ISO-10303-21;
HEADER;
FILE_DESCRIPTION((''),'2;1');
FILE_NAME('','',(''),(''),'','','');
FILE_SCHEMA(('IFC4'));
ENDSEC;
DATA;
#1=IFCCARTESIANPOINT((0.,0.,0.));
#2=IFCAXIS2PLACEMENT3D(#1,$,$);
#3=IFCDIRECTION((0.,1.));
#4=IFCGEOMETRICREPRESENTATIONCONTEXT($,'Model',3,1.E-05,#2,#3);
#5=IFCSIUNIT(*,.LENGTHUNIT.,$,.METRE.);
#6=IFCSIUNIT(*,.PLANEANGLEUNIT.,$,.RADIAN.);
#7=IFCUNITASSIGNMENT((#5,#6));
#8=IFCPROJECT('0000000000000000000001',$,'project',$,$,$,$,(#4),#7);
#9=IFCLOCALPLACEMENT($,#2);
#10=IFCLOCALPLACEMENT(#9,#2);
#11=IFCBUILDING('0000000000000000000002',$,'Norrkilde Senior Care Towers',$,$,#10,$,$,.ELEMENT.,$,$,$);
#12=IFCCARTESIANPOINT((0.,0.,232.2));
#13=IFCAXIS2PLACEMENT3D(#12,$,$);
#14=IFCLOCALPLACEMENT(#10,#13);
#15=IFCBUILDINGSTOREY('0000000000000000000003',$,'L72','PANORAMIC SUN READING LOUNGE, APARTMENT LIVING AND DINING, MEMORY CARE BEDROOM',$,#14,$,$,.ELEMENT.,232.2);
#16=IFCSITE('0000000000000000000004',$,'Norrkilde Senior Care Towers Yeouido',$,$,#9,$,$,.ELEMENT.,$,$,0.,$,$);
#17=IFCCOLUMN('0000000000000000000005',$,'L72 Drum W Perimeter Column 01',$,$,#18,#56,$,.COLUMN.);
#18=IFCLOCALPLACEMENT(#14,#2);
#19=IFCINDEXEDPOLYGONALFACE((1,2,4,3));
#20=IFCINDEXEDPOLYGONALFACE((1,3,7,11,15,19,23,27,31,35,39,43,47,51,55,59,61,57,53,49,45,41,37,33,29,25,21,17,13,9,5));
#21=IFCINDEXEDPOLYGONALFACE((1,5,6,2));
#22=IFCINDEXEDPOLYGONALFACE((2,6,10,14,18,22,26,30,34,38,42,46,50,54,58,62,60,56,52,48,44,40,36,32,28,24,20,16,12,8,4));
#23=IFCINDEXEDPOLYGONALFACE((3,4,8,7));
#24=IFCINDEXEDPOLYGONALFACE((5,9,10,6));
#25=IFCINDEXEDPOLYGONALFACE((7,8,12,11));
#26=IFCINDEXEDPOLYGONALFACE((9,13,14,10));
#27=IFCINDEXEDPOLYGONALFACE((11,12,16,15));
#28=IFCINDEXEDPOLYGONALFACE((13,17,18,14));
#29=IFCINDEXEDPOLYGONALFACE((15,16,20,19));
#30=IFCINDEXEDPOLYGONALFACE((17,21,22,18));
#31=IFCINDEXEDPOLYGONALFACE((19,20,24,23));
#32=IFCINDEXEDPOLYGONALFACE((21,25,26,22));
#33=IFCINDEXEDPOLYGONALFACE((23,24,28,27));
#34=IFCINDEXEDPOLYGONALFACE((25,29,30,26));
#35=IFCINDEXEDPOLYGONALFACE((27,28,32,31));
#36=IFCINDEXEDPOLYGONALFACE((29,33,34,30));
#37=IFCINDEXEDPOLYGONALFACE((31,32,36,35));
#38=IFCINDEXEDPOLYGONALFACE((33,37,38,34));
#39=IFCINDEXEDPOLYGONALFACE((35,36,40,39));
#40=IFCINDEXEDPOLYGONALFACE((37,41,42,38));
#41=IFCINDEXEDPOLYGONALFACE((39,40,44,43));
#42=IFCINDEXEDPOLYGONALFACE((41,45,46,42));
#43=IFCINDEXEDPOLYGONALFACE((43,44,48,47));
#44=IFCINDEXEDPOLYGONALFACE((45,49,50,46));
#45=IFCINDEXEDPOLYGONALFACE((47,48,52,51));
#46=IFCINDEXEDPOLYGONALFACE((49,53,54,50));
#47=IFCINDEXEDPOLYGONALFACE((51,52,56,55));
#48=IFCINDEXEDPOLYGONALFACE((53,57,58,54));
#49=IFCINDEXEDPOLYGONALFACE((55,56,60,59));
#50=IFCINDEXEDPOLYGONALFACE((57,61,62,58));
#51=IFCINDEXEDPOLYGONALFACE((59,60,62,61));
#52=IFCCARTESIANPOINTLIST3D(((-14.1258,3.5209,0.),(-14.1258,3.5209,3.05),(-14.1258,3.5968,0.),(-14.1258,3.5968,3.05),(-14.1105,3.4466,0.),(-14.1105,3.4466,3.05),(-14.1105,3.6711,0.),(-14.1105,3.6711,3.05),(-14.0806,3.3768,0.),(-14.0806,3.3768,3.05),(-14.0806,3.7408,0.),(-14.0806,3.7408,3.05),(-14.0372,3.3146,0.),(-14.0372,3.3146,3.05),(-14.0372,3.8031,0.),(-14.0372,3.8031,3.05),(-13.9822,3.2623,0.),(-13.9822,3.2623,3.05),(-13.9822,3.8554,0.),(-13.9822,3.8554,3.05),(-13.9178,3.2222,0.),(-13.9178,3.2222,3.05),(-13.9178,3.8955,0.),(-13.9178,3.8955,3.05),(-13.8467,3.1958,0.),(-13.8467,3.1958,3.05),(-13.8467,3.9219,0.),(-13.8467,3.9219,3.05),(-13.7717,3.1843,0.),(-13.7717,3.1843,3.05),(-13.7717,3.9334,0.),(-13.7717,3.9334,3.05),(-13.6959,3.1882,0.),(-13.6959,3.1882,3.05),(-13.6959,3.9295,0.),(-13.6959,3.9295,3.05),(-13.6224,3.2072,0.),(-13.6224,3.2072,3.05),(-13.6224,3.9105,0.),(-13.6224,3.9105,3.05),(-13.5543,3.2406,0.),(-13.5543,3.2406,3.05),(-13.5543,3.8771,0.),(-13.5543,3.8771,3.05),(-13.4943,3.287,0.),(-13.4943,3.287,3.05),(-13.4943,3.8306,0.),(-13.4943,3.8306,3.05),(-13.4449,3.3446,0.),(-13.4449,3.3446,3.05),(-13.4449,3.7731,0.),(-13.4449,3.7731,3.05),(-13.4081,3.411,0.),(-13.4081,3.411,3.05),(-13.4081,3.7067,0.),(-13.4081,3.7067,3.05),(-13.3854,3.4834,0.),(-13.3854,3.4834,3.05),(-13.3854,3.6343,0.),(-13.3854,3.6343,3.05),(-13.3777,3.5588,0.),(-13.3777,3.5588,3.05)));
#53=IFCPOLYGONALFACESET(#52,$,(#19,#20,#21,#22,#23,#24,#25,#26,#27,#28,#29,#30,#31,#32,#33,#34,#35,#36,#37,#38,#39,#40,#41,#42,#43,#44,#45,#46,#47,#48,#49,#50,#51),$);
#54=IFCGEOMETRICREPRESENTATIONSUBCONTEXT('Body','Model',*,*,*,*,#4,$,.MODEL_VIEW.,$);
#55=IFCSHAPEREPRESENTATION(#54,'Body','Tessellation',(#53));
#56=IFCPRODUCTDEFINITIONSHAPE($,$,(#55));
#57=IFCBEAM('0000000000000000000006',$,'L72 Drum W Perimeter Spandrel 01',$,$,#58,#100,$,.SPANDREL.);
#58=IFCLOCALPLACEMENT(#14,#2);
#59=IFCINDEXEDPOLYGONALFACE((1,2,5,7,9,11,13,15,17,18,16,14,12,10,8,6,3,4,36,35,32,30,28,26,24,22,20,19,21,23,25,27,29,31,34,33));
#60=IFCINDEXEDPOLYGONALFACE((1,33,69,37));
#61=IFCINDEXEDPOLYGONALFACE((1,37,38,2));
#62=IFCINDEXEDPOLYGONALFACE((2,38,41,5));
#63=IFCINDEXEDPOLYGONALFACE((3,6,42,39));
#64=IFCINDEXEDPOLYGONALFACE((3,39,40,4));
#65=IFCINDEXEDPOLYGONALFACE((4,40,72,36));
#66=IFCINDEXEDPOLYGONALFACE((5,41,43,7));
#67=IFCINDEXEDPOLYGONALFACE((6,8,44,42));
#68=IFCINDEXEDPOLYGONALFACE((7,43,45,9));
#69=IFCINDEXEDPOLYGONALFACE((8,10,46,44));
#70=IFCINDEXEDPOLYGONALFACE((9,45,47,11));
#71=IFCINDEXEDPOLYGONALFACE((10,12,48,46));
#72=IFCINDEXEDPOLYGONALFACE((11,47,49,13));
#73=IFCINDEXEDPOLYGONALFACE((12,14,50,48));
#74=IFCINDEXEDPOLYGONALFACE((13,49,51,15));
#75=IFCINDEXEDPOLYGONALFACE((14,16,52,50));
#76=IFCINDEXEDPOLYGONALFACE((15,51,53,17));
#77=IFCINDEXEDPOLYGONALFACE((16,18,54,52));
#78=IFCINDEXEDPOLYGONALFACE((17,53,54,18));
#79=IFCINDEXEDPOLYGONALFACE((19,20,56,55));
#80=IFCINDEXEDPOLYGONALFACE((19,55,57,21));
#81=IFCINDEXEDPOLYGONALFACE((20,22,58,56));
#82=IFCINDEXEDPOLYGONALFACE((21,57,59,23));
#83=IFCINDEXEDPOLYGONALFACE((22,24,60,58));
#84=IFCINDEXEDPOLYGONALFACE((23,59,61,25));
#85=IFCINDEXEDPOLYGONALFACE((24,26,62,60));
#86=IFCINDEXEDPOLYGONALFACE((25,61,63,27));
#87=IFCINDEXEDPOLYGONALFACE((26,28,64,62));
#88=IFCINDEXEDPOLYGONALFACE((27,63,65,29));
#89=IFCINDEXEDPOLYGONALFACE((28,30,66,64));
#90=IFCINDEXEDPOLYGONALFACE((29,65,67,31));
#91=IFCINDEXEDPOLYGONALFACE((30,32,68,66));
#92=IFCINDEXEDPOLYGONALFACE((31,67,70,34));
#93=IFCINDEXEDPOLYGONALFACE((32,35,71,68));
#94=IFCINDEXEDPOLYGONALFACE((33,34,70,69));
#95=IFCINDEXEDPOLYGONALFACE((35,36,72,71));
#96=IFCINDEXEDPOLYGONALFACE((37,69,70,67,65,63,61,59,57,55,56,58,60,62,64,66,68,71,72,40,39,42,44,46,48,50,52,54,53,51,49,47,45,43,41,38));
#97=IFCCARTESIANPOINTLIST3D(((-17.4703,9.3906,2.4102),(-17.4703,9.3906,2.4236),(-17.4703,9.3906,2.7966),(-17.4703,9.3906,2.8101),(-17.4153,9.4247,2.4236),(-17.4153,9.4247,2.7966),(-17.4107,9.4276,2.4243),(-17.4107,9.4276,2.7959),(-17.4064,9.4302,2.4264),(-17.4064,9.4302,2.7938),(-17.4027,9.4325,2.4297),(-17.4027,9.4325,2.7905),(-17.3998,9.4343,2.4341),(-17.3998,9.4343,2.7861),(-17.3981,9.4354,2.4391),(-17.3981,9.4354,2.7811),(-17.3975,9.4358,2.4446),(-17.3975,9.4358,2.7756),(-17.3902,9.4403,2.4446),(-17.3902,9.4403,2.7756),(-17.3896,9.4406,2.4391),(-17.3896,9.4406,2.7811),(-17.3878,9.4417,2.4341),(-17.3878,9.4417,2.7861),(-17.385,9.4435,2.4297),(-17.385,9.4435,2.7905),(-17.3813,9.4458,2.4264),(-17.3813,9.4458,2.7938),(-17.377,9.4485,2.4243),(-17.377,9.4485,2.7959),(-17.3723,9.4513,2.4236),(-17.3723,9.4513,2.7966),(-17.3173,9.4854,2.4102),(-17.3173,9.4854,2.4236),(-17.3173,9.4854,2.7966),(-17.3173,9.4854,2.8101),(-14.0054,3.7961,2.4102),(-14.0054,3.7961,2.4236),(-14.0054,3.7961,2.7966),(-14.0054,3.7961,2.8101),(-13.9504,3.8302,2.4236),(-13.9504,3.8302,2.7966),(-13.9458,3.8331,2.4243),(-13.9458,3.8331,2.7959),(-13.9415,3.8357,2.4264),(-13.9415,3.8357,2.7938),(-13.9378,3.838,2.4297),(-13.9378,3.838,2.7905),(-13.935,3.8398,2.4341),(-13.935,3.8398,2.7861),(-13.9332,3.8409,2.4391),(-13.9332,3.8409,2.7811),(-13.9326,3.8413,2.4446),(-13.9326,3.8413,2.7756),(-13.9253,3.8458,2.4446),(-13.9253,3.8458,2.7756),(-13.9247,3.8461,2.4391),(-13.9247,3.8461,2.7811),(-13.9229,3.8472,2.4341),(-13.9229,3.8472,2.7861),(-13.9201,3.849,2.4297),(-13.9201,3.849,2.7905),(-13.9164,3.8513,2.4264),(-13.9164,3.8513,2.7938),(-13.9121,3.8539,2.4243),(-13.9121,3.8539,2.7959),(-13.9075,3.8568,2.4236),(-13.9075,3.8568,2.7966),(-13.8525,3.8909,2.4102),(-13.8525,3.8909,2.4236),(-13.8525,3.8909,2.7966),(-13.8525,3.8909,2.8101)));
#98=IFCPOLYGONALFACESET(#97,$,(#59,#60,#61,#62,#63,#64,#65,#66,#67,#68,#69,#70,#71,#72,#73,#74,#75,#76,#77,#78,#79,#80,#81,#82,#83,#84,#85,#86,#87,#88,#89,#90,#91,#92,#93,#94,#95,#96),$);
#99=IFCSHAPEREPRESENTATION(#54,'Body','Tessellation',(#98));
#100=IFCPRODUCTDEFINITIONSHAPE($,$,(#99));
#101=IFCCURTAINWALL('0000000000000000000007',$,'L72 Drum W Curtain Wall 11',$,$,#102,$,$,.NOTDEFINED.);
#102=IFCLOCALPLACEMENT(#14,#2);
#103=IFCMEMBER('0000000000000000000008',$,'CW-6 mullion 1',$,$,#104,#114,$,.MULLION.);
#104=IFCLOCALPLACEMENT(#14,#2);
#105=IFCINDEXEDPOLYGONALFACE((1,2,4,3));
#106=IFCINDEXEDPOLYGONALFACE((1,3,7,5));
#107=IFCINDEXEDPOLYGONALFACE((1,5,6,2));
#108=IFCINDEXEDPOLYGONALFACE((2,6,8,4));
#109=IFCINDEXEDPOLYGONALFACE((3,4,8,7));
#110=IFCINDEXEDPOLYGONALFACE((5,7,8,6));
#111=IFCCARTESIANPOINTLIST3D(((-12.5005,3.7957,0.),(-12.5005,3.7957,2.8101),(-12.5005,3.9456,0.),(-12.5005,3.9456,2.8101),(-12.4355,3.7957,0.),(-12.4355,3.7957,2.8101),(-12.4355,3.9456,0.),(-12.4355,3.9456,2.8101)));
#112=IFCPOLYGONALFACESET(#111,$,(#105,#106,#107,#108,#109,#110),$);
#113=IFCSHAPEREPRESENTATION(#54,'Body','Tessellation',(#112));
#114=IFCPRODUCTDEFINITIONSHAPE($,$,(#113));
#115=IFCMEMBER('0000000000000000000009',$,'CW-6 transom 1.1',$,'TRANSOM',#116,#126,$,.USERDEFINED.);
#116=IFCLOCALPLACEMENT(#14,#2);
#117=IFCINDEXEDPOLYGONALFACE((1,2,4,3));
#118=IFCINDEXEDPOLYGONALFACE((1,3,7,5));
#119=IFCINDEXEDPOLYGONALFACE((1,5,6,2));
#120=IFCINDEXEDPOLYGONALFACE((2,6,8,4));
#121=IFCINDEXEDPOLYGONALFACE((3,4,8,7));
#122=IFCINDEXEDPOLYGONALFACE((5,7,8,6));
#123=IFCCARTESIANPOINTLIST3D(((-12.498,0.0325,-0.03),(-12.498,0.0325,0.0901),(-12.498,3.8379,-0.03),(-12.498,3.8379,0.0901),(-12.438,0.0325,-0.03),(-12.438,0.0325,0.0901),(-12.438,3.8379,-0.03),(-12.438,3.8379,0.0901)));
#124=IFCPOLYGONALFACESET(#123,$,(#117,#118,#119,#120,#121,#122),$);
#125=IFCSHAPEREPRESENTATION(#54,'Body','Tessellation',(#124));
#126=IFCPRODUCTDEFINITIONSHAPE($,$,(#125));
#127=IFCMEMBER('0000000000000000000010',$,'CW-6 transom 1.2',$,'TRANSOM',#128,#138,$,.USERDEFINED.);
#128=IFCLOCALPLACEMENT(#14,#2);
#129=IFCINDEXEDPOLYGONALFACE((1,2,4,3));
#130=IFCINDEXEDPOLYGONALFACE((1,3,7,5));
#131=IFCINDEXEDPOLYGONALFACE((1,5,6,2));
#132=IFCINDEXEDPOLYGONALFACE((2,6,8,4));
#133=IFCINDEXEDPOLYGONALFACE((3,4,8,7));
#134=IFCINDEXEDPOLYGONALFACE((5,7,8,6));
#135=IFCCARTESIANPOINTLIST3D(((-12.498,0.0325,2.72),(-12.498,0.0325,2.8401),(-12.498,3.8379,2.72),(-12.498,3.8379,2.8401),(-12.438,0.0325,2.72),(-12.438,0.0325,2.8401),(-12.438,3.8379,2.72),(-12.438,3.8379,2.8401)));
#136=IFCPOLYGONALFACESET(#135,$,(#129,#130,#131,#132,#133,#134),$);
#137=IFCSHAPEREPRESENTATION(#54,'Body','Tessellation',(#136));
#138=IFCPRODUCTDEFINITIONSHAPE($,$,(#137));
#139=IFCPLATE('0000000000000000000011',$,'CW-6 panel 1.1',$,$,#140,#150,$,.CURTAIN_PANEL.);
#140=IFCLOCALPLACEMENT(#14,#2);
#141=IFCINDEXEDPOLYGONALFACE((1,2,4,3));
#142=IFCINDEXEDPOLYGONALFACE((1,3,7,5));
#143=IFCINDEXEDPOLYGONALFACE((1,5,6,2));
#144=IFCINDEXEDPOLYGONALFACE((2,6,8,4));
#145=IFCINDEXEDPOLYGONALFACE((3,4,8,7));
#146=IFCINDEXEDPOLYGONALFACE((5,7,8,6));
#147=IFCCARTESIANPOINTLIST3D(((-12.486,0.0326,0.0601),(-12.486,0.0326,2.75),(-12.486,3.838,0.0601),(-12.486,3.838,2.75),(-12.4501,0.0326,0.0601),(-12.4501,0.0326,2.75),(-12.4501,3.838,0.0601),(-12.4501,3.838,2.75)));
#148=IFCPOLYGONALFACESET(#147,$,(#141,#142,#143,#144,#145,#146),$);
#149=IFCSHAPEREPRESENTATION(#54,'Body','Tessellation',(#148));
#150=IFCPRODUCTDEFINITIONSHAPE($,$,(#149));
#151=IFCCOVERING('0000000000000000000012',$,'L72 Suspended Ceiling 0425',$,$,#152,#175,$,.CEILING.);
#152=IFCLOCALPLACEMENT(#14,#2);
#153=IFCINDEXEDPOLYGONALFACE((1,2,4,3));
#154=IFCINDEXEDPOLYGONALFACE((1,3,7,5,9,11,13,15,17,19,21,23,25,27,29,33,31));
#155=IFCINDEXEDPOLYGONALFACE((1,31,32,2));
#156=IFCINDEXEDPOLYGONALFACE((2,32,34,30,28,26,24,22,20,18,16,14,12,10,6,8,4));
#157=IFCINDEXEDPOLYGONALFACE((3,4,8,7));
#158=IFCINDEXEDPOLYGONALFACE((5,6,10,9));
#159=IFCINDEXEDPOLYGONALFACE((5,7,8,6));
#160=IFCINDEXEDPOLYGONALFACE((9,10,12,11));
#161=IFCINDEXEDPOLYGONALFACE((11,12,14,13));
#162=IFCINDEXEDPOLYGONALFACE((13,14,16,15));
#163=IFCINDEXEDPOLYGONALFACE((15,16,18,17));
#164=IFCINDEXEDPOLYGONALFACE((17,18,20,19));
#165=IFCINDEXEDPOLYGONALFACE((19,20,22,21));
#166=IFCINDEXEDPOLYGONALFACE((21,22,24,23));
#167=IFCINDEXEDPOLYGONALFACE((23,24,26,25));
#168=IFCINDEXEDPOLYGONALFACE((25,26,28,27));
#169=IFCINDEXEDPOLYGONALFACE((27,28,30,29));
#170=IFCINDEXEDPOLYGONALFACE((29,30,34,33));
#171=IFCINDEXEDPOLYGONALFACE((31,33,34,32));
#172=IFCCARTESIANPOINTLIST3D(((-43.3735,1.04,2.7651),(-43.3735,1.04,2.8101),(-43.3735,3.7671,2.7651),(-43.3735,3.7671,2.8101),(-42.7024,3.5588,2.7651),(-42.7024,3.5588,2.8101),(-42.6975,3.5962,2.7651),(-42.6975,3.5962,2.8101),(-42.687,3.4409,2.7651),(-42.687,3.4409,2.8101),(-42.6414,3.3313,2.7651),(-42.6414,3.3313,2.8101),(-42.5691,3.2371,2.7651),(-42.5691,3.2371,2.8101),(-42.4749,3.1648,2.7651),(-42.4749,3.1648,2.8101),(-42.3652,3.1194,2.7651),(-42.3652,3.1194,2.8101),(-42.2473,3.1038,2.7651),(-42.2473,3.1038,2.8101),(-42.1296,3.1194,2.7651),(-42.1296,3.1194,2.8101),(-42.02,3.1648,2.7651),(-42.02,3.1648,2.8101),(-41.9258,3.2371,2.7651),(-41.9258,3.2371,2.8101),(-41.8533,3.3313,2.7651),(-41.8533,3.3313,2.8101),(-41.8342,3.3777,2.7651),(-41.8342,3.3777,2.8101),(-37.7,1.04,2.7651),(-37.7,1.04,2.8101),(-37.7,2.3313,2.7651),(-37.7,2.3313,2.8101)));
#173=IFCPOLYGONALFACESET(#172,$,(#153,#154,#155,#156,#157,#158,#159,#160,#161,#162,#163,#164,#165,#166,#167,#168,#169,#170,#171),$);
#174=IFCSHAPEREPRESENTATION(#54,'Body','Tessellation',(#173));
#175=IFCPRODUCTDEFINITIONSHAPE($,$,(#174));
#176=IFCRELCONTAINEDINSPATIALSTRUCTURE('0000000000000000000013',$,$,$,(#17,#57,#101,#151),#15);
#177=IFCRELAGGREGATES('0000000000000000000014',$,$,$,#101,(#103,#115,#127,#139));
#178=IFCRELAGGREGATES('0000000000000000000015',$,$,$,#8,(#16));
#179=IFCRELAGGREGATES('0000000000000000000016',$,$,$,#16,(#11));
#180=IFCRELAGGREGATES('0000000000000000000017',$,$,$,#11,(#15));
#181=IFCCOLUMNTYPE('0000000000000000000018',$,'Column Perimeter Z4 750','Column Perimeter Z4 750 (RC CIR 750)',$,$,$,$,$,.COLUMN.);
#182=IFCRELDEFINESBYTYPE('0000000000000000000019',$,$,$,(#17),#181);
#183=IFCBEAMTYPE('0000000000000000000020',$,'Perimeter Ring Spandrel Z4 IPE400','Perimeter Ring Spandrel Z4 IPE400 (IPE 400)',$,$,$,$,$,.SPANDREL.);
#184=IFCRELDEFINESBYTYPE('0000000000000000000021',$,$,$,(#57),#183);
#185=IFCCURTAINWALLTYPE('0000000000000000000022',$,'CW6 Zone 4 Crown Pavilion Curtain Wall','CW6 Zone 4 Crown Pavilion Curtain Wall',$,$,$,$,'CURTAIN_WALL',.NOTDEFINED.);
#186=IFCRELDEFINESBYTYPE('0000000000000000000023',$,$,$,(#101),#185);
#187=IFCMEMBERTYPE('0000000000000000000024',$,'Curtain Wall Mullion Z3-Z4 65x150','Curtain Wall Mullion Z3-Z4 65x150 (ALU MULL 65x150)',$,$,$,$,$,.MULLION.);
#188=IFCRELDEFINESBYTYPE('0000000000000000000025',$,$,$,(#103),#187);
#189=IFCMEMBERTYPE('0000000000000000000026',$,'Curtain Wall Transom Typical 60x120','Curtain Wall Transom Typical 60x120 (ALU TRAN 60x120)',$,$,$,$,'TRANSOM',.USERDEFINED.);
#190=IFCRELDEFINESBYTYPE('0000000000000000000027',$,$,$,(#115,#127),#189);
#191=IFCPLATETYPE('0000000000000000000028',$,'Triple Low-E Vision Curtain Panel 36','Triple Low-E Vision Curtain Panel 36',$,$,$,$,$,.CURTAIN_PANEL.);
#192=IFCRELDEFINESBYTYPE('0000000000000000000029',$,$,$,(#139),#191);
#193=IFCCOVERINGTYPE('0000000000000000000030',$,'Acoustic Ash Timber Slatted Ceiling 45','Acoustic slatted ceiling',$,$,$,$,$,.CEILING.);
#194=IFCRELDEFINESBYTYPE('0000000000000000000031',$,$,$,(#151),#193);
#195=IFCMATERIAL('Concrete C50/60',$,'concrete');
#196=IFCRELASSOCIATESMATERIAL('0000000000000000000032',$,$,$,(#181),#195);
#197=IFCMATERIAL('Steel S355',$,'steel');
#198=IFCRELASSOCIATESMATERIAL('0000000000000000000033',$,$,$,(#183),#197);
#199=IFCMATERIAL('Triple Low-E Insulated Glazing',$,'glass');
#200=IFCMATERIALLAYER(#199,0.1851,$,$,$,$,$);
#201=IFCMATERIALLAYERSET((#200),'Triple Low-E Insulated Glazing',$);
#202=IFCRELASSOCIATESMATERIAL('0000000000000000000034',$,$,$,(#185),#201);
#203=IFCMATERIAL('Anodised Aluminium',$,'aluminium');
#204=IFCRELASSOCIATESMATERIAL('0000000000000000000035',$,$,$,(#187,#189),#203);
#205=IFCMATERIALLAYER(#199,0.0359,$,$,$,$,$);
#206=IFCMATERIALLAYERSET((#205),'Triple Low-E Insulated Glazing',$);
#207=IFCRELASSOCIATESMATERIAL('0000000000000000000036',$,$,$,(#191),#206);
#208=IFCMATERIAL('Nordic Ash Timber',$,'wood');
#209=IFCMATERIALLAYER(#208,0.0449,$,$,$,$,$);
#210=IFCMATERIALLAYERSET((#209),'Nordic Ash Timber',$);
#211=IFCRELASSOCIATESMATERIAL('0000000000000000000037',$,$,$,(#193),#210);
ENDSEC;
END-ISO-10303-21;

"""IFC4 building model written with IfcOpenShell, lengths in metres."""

from ifc_helpers import new_model, si_unit, direction, frame, origin, origin_2d, place, context, subcontext, project, spatial, polyline, rectangle, circle, i_section, outline, extrude, source, transform, mapped, material, layer, layer_set, material_profile, profile_set, type_object, type_shapes, element, aggregate, save


model = new_model("IFC4")

# Units and contexts
model_context = context("Model", 3, precision=1e-05, world=origin(), true_north=direction((0.0, 1.0)))
body_context = subcontext(model_context, "Body", "Model", "MODEL_VIEW")
ifc_project = project(units=[si_unit("LENGTHUNIT", "METRE"), si_unit("PLANEANGLEUNIT", "RADIAN")], contexts=[model_context])

# Site, building, storey
site_placement = place(None, origin())
site = spatial("IfcSite", under=ifc_project, at=site_placement, Name="Norrkilde Senior Care Towers Yeouido", CompositionType="ELEMENT", RefElevation=0.0)
building_placement = place(site_placement, origin())
building = spatial("IfcBuilding", under=site, at=building_placement, Name="Norrkilde Senior Care Towers", CompositionType="ELEMENT")
storey_placement = place(building_placement, frame((0.0, 0.0, 232.2)))
storey = spatial("IfcBuildingStorey", under=building, at=storey_placement, Name="L72", Description="PANORAMIC SUN READING LOUNGE, APARTMENT LIVING AND DINING, MEMORY CARE BEDROOM", CompositionType="ELEMENT", Elevation=232.2)

# Column
ifc_material_1 = material(Name="Concrete C50/60", Category="concrete")
ifc_material_profile_1 = material_profile(ifc_material_1, circle(Radius=0.375, at=origin_2d()), Name="RC CIR 750")
ifc_profile_set_1 = profile_set([ifc_material_profile_1], Name="Concrete C50/60")
column_type = type_object("IfcColumnType", Name="Column Perimeter Z4 750", Description="Column Perimeter Z4 750 (RC CIR 750)", PredefinedType="COLUMN", material=ifc_profile_set_1)
shared_shape_1 = source(origin(), body_context, "Body", "SweptSolid", [
    extrude(circle(Radius=0.375, at=origin_2d()), origin(), (0.0, 0.0, 1.0), 3.05),
])
type_shapes(column_type, [shared_shape_1])
column_placement = place(storey_placement, frame((-13.7527, 3.5588, 0.0), z_axis=(0.0, 0.0, 1.0), x_axis=(1.0, 0.0, 0.0)))
element("IfcColumn", 1, at=column_placement, inside=storey, type_object=column_type, Name="L72 Drum W Perimeter Column 01", PredefinedType="COLUMN", context=body_context, shape_type="MappedRepresentation", body=[
    mapped(shared_shape_1, transform((0.0, 0.0, 0.0), x_axis=(1.0, 0.0, 0.0), y_axis=(0.0, 1.0, 0.0), z_axis=(0.0, 0.0, 1.0), scale=1.0)),
])

# Beam
ifc_material_2 = material(Name="Steel S355", Category="steel")
ifc_material_profile_2 = material_profile(ifc_material_2, i_section(OverallWidth=0.1799, OverallDepth=0.3999, WebThickness=0.0085, FlangeThickness=0.0134, FilletRadius=0.021, at=origin_2d()), Name="IPE 400")
ifc_profile_set_2 = profile_set([ifc_material_profile_2], Name="Steel S355")
beam_type = type_object("IfcBeamType", Name="Perimeter Ring Spandrel Z4 IPE400", Description="Perimeter Ring Spandrel Z4 IPE400 (IPE 400)", PredefinedType="SPANDREL", material=ifc_profile_set_2)
shared_shape_2 = source(origin(), body_context, "Body", "SweptSolid", [
    extrude(i_section(OverallWidth=0.1799, OverallDepth=0.3999, WebThickness=0.0085, FlangeThickness=0.0134, FilletRadius=0.021, at=origin_2d()), origin(), (0.0, 0.0, 1.0), 6.5806),
])
type_shapes(beam_type, [shared_shape_2])
beam_placement = place(storey_placement, frame((-13.929, 3.8435, 2.6101), z_axis=(-0.52653, 0.850157, 0.0), x_axis=(-0.850157, -0.52653, 0.0)))
element("IfcBeam", 2, at=beam_placement, inside=storey, type_object=beam_type, Name="L72 Drum W Perimeter Spandrel 01", PredefinedType="SPANDREL", context=body_context, shape_type="MappedRepresentation", body=[
    mapped(shared_shape_2, transform((0.0, 0.0, 0.0), x_axis=(1.0, 0.0, 0.0), y_axis=(0.0, 1.0, 0.0), z_axis=(0.0, 0.0, 1.0), scale=1.0)),
])

# Curtain wall, members, plate
ifc_material_3 = material(Name="Triple Low-E Insulated Glazing", Category="glass")
ifc_layer_1 = layer(ifc_material_3, 0.1851)
ifc_layer_set_1 = layer_set([ifc_layer_1], Name="Triple Low-E Insulated Glazing")
curtain_wall_type = type_object("IfcCurtainWallType", Name="CW6 Zone 4 Crown Pavilion Curtain Wall", Description="CW6 Zone 4 Crown Pavilion Curtain Wall", ElementType="CURTAIN_WALL", PredefinedType="NOTDEFINED", material=ifc_layer_set_1)
curtain_wall_placement = place(storey_placement, origin())
curtain_wall = element("IfcCurtainWall", 3, at=curtain_wall_placement, inside=storey, type_object=curtain_wall_type, Name="L72 Drum W Curtain Wall 11", PredefinedType="NOTDEFINED")
ifc_material_4 = material(Name="Anodised Aluminium", Category="aluminium")
ifc_material_profile_3 = material_profile(ifc_material_4, rectangle(XDim=0.0649, YDim=0.1499, at=origin_2d()), Name="ALU MULL 65x150")
ifc_profile_set_3 = profile_set([ifc_material_profile_3], Name="Anodised Aluminium")
member_type_1 = type_object("IfcMemberType", Name="Curtain Wall Mullion Z3-Z4 65x150", Description="Curtain Wall Mullion Z3-Z4 65x150 (ALU MULL 65x150)", PredefinedType="MULLION", material=ifc_profile_set_3)
shared_shape_3 = source(origin(), body_context, "Body", "SweptSolid", [
    extrude(rectangle(XDim=0.0649, YDim=0.1499, at=origin_2d()), origin(), (0.0, 0.0, 1.0), 2.8101),
])
type_shapes(member_type_1, [shared_shape_3])
member_1_placement = place(storey_placement, frame((-12.468, 3.8706, 0.0), z_axis=(0.0, 0.0, 1.0), x_axis=(1.0, 0.0, 0.0)))
member_1 = element("IfcMember", 4, at=member_1_placement, type_object=member_type_1, Name="CW-6 mullion 1", PredefinedType="MULLION", context=body_context, shape_type="MappedRepresentation", body=[
    mapped(shared_shape_3, transform((0.0, 0.0, 0.0), x_axis=(1.0, 0.0, 0.0), y_axis=(0.0, 1.0, 0.0), z_axis=(0.0, 0.0, 1.0), scale=1.0)),
])
ifc_material_profile_4 = material_profile(ifc_material_4, rectangle(XDim=0.0601, YDim=0.1201, at=origin_2d()), Name="ALU TRAN 60x120")
ifc_profile_set_4 = profile_set([ifc_material_profile_4], Name="Anodised Aluminium")
member_type_2 = type_object("IfcMemberType", Name="Curtain Wall Transom Typical 60x120", Description="Curtain Wall Transom Typical 60x120 (ALU TRAN 60x120)", ElementType="TRANSOM", PredefinedType="USERDEFINED", material=ifc_profile_set_4)
shared_shape_4 = source(origin(), body_context, "Body", "SweptSolid", [
    extrude(rectangle(XDim=0.0601, YDim=0.1201, at=origin_2d()), origin(), (0.0, 0.0, 1.0), 3.8054),
])
type_shapes(member_type_2, [shared_shape_4])
member_2_placement = place(storey_placement, frame((-12.468, 3.8379, 0.03), z_axis=(0.0, -1.0, 0.0), x_axis=(1.0, 0.0, 0.0)))
member_2 = element("IfcMember", 5, at=member_2_placement, type_object=member_type_2, Name="CW-6 transom 1.1", ObjectType="TRANSOM", PredefinedType="USERDEFINED", context=body_context, shape_type="MappedRepresentation", body=[
    mapped(shared_shape_4, transform((0.0, 0.0, 0.0), x_axis=(1.0, 0.0, 0.0), y_axis=(0.0, 1.0, 0.0), z_axis=(0.0, 0.0, 1.0), scale=1.0)),
])
member_3_placement = place(storey_placement, frame((-12.468, 3.8379, 2.78), z_axis=(0.0, -1.0, 0.0), x_axis=(1.0, 0.0, 0.0)))
member_3 = element("IfcMember", 6, at=member_3_placement, type_object=member_type_2, Name="CW-6 transom 1.2", ObjectType="TRANSOM", PredefinedType="USERDEFINED", context=body_context, shape_type="MappedRepresentation", body=[
    mapped(shared_shape_4, transform((0.0, 0.0, 0.0), x_axis=(1.0, 0.0, 0.0), y_axis=(0.0, 1.0, 0.0), z_axis=(0.0, 0.0, 1.0), scale=1.0)),
])
ifc_layer_2 = layer(ifc_material_3, 0.0359)
ifc_layer_set_2 = layer_set([ifc_layer_2], Name="Triple Low-E Insulated Glazing")
plate_type = type_object("IfcPlateType", Name="Triple Low-E Vision Curtain Panel 36", Description="Triple Low-E Vision Curtain Panel 36", PredefinedType="CURTAIN_PANEL", material=ifc_layer_set_2)
shared_shape_5 = source(origin(), body_context, "Body", "SweptSolid", [
    extrude(rectangle(XDim=3.8054, YDim=0.0359, at=origin_2d()), origin(), (0.0, 0.0, 1.0), 2.6899),
])
type_shapes(plate_type, [shared_shape_5])
plate_placement = place(storey_placement, frame((-12.468, 1.9353, 0.0601), z_axis=(0.0, 0.0, 1.0), x_axis=(0.0, -1.0, 0.0)))
plate = element("IfcPlate", 7, at=plate_placement, type_object=plate_type, Name="CW-6 panel 1.1", PredefinedType="CURTAIN_PANEL", context=body_context, shape_type="MappedRepresentation", body=[
    mapped(shared_shape_5, transform((0.0, 0.0, 0.0), x_axis=(1.0, 0.0, 0.0), y_axis=(0.0, 1.0, 0.0), z_axis=(0.0, 0.0, 1.0), scale=1.0)),
])
aggregate(curtain_wall, [member_1, member_2, member_3, plate])

# Covering
ifc_material_5 = material(Name="Nordic Ash Timber", Category="wood")
ifc_layer_3 = layer(ifc_material_5, 0.0449)
ifc_layer_set_3 = layer_set([ifc_layer_3], Name="Nordic Ash Timber")
covering_type_1 = type_object("IfcCoveringType", Name="Acoustic Ash Timber Slatted Ceiling 45", Description="Acoustic slatted ceiling", PredefinedType="CEILING", material=ifc_layer_set_3)
covering_1_placement = place(storey_placement, frame((0.0, 0.0, 2.7651)))
element("IfcCovering", 8, at=covering_1_placement, inside=storey, type_object=covering_type_1, Name="L72 Suspended Ceiling 0425", PredefinedType="CEILING", context=body_context, shape_type="SweptSolid", body=[
    extrude(outline(polyline([(-37.7, 1.04), (-43.3735, 1.04), (-43.3735, 3.7671), (-42.6975, 3.5962), (-42.7024, 3.5588), (-42.687, 3.4409), (-42.6414, 3.3313), (-42.5691, 3.2371), (-42.4749, 3.1648), (-42.3652, 3.1194), (-42.2473, 3.1038), (-42.1296, 3.1194), (-42.02, 3.1648), (-41.9258, 3.2371), (-41.8533, 3.3313), (-41.8342, 3.3777), (-37.7, 2.3313), (-37.7, 1.04)])), origin(), (0.0, 0.0, 1.0), 0.0449),
])

save(model, "model.ifc")
